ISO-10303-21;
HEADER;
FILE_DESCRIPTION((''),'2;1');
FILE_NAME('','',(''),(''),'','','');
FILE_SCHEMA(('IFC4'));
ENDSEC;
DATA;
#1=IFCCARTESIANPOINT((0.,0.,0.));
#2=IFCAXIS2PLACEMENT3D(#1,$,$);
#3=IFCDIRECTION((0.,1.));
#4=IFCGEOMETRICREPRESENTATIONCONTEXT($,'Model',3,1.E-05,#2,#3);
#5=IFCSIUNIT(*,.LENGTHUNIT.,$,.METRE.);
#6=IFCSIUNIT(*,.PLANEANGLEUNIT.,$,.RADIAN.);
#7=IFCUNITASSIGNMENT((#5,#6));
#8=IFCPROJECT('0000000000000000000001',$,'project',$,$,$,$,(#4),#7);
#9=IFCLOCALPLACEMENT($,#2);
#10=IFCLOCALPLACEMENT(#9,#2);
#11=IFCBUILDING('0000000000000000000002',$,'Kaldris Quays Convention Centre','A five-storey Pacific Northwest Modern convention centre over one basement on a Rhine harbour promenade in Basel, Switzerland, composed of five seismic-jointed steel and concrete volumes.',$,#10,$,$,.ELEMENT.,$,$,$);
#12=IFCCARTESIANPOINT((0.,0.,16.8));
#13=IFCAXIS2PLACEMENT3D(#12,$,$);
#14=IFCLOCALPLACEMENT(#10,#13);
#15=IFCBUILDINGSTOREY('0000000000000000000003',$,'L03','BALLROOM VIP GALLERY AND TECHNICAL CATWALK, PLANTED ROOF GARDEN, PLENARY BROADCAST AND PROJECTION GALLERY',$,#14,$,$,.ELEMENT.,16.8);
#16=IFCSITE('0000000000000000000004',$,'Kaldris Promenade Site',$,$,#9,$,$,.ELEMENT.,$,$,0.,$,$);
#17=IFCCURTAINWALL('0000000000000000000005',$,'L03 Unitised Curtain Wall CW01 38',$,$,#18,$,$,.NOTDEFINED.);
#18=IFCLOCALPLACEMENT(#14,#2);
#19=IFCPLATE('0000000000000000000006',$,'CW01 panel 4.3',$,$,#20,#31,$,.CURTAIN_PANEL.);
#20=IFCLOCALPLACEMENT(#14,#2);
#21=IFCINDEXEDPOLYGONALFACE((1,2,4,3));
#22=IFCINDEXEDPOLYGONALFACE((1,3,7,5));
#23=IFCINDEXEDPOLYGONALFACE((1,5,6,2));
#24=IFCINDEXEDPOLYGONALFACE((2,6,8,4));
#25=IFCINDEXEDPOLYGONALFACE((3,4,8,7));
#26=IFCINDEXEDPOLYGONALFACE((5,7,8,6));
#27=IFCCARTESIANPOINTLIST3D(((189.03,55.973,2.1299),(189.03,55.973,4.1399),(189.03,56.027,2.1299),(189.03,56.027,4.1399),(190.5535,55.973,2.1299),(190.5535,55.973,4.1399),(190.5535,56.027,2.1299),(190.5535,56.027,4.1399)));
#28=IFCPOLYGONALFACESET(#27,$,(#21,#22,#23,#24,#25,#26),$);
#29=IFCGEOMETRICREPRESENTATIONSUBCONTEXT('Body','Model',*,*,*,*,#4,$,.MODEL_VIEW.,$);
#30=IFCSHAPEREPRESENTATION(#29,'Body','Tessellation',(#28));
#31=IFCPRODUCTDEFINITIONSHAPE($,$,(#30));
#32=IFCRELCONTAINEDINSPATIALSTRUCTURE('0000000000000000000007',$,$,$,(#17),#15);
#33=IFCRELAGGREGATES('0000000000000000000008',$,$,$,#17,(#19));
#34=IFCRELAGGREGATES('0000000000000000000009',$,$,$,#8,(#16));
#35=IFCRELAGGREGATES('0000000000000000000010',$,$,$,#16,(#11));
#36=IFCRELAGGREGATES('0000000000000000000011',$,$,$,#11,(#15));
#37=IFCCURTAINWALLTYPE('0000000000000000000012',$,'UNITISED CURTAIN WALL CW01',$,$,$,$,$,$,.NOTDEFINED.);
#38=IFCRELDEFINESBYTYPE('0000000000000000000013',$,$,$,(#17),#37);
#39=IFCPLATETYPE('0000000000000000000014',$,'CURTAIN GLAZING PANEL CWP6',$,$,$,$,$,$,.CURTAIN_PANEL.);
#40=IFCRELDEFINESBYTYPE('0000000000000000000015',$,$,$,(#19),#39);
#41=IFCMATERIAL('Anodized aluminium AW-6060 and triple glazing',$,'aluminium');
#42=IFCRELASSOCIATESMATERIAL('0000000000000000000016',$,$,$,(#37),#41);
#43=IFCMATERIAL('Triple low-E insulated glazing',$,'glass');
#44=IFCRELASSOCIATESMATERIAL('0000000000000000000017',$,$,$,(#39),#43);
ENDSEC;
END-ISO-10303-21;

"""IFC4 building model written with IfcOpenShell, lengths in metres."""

from ifc_helpers import new_model, si_unit, direction, frame, origin, origin_2d, place, context, subcontext, project, spatial, rectangle, extrude, material, type_object, element, aggregate, save


model = new_model("IFC4")

# Units and contexts
model_context = context("Model", 3, precision=1e-05, world=origin(), true_north=direction((0.0, 1.0)))
body_context = subcontext(model_context, "Body", "Model", "MODEL_VIEW")
ifc_project = project(units=[si_unit("LENGTHUNIT", "METRE"), si_unit("PLANEANGLEUNIT", "RADIAN")], contexts=[model_context])

# Site, building, storey
site_placement = place(None, origin())
site = spatial("IfcSite", under=ifc_project, at=site_placement, Name="Kaldris Promenade Site", CompositionType="ELEMENT", RefElevation=0.0)
building_placement = place(site_placement, origin())
building = spatial("IfcBuilding", under=site, at=building_placement, Name="Kaldris Quays Convention Centre", Description="A five-storey Pacific Northwest Modern convention centre over one basement on a Rhine harbour promenade in Basel, Switzerland, composed of five seismic-jointed steel and concrete volumes.", CompositionType="ELEMENT")
storey_placement = place(building_placement, frame((0.0, 0.0, 16.8)))
storey = spatial("IfcBuildingStorey", under=building, at=storey_placement, Name="L03", Description="BALLROOM VIP GALLERY AND TECHNICAL CATWALK, PLANTED ROOF GARDEN, PLENARY BROADCAST AND PROJECTION GALLERY", CompositionType="ELEMENT", Elevation=16.8)

# Curtain wall, plate
ifc_material_1 = material(Name="Anodized aluminium AW-6060 and triple glazing", Category="aluminium")
curtain_wall_type = type_object("IfcCurtainWallType", Name="UNITISED CURTAIN WALL CW01", PredefinedType="NOTDEFINED", material=ifc_material_1)
curtain_wall_placement = place(storey_placement, origin())
curtain_wall = element("IfcCurtainWall", 1, at=curtain_wall_placement, inside=storey, type_object=curtain_wall_type, Name="L03 Unitised Curtain Wall CW01 38", PredefinedType="NOTDEFINED")
ifc_material_2 = material(Name="Triple low-E insulated glazing", Category="glass")
plate_type = type_object("IfcPlateType", Name="CURTAIN GLAZING PANEL CWP6", PredefinedType="CURTAIN_PANEL", material=ifc_material_2)
plate_1_placement = place(storey_placement, frame((189.7917, 56.0, 2.1299), z_axis=(0.0, 0.0, 1.0), x_axis=(1.0, 0.0, 0.0)))
plate_1 = element("IfcPlate", 2, at=plate_1_placement, type_object=plate_type, Name="CW01 panel 4.3", PredefinedType="CURTAIN_PANEL", context=body_context, shape_type="SweptSolid", body=[
    extrude(rectangle(XDim=1.5234, YDim=0.054, at=origin_2d()), origin(), (0.0, 0.0, 1.0), 2.01),
])
aggregate(curtain_wall, [plate_1])

save(model, "model.ifc")
